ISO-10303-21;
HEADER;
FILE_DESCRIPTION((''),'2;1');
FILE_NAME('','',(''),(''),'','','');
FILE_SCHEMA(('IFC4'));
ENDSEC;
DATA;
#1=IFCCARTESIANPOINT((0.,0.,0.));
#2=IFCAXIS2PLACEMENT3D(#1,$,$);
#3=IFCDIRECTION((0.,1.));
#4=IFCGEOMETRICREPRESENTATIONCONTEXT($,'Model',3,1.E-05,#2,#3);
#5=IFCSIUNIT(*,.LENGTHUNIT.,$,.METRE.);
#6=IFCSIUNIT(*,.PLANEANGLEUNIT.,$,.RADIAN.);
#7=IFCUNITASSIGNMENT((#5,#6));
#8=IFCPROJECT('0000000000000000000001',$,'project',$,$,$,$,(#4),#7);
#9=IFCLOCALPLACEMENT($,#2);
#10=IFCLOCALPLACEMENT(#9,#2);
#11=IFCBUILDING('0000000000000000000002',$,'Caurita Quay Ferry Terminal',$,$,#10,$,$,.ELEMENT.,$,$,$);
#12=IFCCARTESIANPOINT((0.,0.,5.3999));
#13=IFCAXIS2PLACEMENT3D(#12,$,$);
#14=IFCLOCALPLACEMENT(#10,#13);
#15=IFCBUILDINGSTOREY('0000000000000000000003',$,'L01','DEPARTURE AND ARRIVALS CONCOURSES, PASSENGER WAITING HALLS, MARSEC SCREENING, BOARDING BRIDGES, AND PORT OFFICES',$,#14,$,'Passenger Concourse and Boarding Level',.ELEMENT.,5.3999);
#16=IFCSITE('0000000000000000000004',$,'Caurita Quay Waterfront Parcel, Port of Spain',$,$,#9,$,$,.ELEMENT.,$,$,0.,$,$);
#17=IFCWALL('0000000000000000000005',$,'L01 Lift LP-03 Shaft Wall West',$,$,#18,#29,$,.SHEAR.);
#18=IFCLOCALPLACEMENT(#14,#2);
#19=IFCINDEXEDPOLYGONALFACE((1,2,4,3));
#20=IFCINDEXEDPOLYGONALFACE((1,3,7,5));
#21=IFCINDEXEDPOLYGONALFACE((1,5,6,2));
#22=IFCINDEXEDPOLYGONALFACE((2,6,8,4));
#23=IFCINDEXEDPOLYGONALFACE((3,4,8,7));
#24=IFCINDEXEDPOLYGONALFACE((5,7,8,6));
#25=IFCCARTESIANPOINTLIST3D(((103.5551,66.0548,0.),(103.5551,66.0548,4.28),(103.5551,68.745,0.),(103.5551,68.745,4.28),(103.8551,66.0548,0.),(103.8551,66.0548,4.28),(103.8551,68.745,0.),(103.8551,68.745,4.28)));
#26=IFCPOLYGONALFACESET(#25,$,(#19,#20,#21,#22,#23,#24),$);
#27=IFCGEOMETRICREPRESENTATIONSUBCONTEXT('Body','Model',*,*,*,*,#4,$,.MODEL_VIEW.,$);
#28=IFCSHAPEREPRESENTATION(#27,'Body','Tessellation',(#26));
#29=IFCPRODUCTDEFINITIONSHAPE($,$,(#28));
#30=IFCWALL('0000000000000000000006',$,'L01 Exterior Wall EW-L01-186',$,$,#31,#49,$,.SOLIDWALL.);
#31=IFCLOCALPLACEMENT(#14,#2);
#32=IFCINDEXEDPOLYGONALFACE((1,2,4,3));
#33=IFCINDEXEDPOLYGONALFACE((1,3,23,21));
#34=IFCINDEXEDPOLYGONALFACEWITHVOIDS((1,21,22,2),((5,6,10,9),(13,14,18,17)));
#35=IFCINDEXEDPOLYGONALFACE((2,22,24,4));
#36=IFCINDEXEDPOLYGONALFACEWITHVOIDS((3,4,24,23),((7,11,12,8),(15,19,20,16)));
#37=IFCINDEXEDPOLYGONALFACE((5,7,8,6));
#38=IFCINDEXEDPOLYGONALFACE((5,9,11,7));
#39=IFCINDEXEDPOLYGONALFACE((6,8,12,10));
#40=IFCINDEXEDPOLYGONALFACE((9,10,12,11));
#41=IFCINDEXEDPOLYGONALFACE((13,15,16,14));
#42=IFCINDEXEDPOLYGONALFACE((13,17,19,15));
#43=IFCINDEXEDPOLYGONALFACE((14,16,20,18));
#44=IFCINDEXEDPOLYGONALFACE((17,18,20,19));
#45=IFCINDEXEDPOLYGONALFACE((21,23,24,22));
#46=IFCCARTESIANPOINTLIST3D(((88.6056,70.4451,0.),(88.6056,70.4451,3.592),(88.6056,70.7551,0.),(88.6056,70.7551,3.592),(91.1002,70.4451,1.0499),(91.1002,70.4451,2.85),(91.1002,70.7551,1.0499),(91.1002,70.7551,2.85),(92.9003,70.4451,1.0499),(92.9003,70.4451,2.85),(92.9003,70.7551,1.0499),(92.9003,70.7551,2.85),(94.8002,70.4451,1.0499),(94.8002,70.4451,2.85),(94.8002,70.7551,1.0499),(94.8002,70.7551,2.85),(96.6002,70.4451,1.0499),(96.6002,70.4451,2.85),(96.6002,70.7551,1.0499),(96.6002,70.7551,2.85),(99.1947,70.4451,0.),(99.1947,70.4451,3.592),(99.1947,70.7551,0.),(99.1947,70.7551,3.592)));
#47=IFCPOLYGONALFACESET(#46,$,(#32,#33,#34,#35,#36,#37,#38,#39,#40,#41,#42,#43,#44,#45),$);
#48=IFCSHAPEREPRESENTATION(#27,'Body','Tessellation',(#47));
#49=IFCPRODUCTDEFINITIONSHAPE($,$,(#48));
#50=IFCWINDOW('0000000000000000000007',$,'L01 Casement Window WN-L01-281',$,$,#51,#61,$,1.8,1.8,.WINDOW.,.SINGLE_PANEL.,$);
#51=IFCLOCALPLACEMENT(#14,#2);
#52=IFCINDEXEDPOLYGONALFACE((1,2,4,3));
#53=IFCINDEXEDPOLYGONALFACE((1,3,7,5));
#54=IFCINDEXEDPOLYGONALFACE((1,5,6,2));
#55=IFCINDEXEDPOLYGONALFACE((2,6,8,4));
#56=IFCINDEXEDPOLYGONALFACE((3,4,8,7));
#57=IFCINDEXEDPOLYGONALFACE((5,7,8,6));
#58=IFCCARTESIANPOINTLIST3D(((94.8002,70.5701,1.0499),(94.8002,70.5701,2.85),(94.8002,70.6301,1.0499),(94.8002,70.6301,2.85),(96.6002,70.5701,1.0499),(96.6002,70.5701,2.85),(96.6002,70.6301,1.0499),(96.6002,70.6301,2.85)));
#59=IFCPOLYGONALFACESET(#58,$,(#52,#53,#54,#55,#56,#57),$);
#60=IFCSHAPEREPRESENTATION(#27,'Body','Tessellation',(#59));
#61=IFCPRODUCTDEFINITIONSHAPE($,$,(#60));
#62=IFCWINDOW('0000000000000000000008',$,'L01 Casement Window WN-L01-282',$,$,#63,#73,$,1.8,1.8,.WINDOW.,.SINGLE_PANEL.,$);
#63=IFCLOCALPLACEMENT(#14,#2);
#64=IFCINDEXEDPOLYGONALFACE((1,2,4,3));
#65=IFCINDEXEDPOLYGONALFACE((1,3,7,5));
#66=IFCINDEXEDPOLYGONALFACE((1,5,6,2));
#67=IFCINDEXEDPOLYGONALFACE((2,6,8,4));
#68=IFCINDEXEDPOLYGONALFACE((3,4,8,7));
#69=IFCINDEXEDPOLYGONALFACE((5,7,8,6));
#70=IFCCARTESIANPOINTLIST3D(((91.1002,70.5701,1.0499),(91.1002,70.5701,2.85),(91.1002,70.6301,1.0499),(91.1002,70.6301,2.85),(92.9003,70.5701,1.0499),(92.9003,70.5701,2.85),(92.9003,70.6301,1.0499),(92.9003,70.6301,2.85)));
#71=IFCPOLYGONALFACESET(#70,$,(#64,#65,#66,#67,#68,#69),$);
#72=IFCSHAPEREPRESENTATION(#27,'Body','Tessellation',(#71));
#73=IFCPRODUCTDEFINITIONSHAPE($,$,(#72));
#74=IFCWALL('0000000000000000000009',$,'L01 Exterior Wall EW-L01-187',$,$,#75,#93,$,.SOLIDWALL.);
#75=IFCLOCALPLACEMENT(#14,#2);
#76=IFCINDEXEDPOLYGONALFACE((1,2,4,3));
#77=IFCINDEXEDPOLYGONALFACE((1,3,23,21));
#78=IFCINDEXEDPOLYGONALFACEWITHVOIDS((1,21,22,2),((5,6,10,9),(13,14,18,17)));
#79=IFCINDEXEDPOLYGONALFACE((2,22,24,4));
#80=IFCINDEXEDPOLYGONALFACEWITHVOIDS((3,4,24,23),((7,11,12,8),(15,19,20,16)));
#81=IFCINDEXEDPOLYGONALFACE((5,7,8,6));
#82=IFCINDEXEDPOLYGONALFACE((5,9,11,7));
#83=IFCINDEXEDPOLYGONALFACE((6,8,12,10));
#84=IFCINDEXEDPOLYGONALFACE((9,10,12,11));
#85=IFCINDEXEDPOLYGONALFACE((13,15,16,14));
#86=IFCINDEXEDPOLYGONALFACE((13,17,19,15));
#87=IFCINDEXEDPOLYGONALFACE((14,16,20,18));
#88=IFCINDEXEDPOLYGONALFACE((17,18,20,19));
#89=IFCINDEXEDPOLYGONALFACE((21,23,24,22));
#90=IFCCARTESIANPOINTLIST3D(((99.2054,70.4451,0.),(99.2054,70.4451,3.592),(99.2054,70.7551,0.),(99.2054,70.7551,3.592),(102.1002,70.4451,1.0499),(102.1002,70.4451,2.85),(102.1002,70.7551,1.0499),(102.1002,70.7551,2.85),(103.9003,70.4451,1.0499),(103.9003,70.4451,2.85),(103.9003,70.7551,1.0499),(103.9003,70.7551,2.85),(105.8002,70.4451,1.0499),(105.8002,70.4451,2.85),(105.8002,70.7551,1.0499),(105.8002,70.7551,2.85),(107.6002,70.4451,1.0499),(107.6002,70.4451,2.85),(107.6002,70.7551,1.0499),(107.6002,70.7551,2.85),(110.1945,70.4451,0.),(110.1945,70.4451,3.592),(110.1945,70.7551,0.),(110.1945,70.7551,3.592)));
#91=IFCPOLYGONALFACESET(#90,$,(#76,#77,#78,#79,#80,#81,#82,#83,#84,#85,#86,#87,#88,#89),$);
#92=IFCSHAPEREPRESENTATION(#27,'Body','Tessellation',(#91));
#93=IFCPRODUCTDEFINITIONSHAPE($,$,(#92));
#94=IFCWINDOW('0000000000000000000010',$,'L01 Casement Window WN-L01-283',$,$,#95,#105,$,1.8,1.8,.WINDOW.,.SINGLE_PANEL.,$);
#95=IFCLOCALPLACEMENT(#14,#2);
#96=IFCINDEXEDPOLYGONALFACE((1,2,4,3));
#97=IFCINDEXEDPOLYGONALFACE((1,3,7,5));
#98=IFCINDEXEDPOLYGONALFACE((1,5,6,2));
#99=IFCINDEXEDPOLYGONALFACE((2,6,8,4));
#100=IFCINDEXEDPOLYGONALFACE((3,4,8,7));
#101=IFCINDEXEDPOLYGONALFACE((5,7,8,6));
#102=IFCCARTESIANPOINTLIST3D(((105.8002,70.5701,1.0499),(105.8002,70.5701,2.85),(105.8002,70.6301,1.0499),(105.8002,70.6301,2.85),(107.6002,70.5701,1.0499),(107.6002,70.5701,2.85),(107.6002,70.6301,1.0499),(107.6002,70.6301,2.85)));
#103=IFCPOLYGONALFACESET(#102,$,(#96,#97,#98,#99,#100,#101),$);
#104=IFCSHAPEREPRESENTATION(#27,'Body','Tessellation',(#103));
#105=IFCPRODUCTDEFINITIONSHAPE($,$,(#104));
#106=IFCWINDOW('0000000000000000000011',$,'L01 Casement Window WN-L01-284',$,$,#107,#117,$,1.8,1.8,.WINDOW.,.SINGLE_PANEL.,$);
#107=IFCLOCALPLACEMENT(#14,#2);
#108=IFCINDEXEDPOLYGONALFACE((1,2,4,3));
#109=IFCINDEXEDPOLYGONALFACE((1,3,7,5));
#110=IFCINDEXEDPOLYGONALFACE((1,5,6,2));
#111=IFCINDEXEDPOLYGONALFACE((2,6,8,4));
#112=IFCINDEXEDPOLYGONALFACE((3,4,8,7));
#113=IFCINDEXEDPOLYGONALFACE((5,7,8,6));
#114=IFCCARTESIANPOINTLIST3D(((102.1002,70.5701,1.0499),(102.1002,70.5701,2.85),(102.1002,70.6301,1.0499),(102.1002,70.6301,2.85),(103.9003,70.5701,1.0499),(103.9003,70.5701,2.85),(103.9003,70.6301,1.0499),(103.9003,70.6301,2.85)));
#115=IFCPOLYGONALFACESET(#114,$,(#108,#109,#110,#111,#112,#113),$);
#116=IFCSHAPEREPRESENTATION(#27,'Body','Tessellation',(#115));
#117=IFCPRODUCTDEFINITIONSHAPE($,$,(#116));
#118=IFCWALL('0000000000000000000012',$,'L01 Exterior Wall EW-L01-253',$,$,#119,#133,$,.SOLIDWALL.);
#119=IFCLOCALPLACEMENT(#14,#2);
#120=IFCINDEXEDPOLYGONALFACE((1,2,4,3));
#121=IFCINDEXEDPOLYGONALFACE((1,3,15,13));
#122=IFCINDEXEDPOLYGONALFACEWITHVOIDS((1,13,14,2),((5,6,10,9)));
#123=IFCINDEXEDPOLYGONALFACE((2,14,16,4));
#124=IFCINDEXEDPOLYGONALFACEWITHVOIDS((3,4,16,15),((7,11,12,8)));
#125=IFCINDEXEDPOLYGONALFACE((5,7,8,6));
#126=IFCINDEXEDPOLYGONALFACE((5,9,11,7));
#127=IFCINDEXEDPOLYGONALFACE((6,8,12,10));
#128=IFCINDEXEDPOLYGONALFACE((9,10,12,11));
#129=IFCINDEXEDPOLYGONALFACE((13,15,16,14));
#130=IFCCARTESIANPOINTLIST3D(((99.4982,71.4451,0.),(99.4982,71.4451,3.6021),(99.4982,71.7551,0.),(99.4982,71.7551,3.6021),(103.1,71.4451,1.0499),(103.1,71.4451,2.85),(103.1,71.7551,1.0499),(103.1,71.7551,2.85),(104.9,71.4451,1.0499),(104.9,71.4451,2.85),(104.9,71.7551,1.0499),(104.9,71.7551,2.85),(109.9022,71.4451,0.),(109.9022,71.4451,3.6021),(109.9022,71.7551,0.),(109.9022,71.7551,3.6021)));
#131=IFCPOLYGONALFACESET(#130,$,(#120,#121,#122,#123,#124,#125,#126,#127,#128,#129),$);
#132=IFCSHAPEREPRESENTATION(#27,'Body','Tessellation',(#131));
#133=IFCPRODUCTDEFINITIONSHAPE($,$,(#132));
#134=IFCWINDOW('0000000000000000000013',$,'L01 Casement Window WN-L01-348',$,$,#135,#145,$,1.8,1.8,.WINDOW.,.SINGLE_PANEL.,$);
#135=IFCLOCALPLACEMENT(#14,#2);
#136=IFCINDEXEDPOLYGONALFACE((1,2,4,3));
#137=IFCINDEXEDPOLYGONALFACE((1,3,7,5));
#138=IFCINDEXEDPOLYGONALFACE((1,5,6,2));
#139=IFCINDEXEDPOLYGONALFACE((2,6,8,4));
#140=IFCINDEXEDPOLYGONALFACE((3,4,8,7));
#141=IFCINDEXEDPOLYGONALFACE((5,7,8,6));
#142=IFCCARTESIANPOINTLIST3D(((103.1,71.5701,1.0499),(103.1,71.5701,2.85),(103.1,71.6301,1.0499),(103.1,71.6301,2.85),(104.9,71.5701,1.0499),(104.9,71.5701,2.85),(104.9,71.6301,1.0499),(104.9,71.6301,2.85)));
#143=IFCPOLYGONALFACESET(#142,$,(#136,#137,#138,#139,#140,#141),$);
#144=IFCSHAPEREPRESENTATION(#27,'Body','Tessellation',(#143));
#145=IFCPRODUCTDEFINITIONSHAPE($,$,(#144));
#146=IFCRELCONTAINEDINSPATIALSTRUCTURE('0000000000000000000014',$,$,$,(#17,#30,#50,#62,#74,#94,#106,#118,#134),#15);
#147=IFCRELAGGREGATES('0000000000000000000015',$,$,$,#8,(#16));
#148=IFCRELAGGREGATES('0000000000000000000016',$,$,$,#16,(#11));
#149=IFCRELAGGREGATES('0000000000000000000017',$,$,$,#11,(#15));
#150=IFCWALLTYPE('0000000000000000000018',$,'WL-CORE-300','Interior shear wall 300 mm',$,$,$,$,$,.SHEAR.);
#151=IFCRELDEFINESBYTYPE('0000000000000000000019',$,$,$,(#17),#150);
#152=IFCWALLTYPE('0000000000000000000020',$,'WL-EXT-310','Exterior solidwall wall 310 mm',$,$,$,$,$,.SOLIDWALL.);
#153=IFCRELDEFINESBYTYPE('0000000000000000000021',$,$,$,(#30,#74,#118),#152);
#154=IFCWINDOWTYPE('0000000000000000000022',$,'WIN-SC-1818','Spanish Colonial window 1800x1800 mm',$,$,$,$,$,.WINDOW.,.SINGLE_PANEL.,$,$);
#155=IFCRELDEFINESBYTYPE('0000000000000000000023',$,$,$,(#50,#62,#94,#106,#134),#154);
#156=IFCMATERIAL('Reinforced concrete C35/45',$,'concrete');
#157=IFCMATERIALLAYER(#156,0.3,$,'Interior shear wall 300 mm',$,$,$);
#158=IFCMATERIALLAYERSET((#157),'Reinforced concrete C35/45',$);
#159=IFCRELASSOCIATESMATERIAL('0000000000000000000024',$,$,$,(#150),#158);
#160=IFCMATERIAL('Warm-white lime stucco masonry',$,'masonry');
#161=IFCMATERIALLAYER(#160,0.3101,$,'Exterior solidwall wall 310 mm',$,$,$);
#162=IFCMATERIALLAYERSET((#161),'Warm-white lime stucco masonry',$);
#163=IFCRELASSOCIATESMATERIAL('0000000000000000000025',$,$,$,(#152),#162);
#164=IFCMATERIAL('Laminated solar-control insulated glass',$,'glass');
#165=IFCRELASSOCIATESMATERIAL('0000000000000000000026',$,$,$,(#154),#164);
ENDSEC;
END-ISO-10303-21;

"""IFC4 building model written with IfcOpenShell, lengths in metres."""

from ifc_helpers import new_model, si_unit, direction, frame, frame_2d, origin, place, context, subcontext, project, spatial, rectangle, extrude, material, layer, layer_set, type_object, element, fill, save


model = new_model("IFC4")

# Units and contexts
model_context = context("Model", 3, precision=1e-05, world=origin(), true_north=direction((0.0, 1.0)))
body_context = subcontext(model_context, "Body", "Model", "MODEL_VIEW")
ifc_project = project(units=[si_unit("LENGTHUNIT", "METRE"), si_unit("PLANEANGLEUNIT", "RADIAN")], contexts=[model_context])

# Site, building, storey
site_placement = place(None, origin())
site = spatial("IfcSite", under=ifc_project, at=site_placement, Name="Caurita Quay Waterfront Parcel, Port of Spain", CompositionType="ELEMENT", RefElevation=0.0)
building_placement = place(site_placement, origin())
building = spatial("IfcBuilding", under=site, at=building_placement, Name="Caurita Quay Ferry Terminal", CompositionType="ELEMENT")
storey_placement = place(building_placement, frame((0.0, 0.0, 5.3999)))
storey = spatial("IfcBuildingStorey", under=building, at=storey_placement, Name="L01", Description="DEPARTURE AND ARRIVALS CONCOURSES, PASSENGER WAITING HALLS, MARSEC SCREENING, BOARDING BRIDGES, AND PORT OFFICES", LongName="Passenger Concourse and Boarding Level", CompositionType="ELEMENT", Elevation=5.3999)

# Shared definitions
ifc_material_1 = material(Name="Reinforced concrete C35/45", Category="concrete")

# Wall
ifc_layer_1 = layer(ifc_material_1, 0.3, Name="Interior shear wall 300 mm")
ifc_layer_set_1 = layer_set([ifc_layer_1], Name="Reinforced concrete C35/45")
wall_type_1 = type_object("IfcWallType", Name="WL-CORE-300", Description="Interior shear wall 300 mm", PredefinedType="SHEAR", material=ifc_layer_set_1)
wall_1_placement = place(storey_placement, frame((103.7051, 68.7451, 0.0), z_axis=(0.0, 0.0, 1.0), x_axis=(0.0, -1.0, 0.0)))
element("IfcWall", 1, at=wall_1_placement, inside=storey, type_object=wall_type_1, Name="L01 Lift LP-03 Shaft Wall West", PredefinedType="SHEAR", context=body_context, shape_type="SweptSolid", body=[
    extrude(rectangle(XDim=2.6902, YDim=0.3, at=frame_2d((1.3452, 0.0))), origin(), (0.0, 0.0, 1.0), 4.28),
])

# Walls, openings, windows
ifc_material_2 = material(Name="Warm-white lime stucco masonry", Category="masonry")
ifc_layer_2 = layer(ifc_material_2, 0.3101, Name="Exterior solidwall wall 310 mm")
ifc_layer_set_2 = layer_set([ifc_layer_2], Name="Warm-white lime stucco masonry")
wall_type_2 = type_object("IfcWallType", Name="WL-EXT-310", Description="Exterior solidwall wall 310 mm", PredefinedType="SOLIDWALL", material=ifc_layer_set_2)
wall_2_placement = place(storey_placement, frame((99.1946, 70.6001, 0.0), z_axis=(0.0, 0.0, 1.0), x_axis=(-1.0, 0.0, 0.0)))
wall_2 = element("IfcWall", 2, at=wall_2_placement, inside=storey, type_object=wall_type_2, Name="L01 Exterior Wall EW-L01-186", PredefinedType="SOLIDWALL", context=body_context, shape_type="SweptSolid", body=[
    extrude(rectangle(XDim=10.5891, YDim=0.3101, at=frame_2d((5.2944, 0.0))), origin(), (0.0, 0.0, 1.0), 3.592),
])
opening_1_placement = place(wall_2_placement, frame((2.5945, 0.0, 1.05)))
opening_1 = element("IfcOpeningElement", 3, at=opening_1_placement, cuts=wall_2, PredefinedType="OPENING", context=body_context, shape_type="SweptSolid", body=[
    extrude(rectangle(XDim=1.8, YDim=1.8, at=frame_2d((0.8999, 0.8999))), frame((0.0, 0.165, 0.0), z_axis=(0.0, -1.0, 0.0), x_axis=(1.0, 0.0, 0.0)), (0.0, 0.0, 1.0), 0.3301),
])
opening_2_placement = place(wall_2_placement, frame((6.2944, 0.0, 1.05)))
opening_2 = element("IfcOpeningElement", 4, at=opening_2_placement, cuts=wall_2, PredefinedType="OPENING", context=body_context, shape_type="SweptSolid", body=[
    extrude(rectangle(XDim=1.8, YDim=1.8, at=frame_2d((0.8999, 0.8999))), frame((0.0, 0.165, 0.0), z_axis=(0.0, -1.0, 0.0), x_axis=(1.0, 0.0, 0.0)), (0.0, 0.0, 1.0), 0.3301),
])
ifc_material_3 = material(Name="Laminated solar-control insulated glass", Category="glass")
window_type = type_object("IfcWindowType", Name="WIN-SC-1818", Description="Spanish Colonial window 1800x1800 mm", PartitioningType="SINGLE_PANEL", PredefinedType="WINDOW", material=ifc_material_3)
window_1_placement = place(opening_1_placement, origin())
window_1 = element("IfcWindow", 5, at=window_1_placement, inside=storey, type_object=window_type, Name="L01 Casement Window WN-L01-281", OverallHeight=1.8, OverallWidth=1.8, PartitioningType="SINGLE_PANEL", PredefinedType="WINDOW", context=body_context, shape_type="SweptSolid", body=[
    extrude(rectangle(XDim=1.8, YDim=1.8, at=frame_2d((0.8999, 0.8999))), frame((0.0, 0.03, 0.0), z_axis=(0.0, -1.0, 0.0), x_axis=(1.0, 0.0, 0.0)), (0.0, 0.0, 1.0), 0.0601),
])
fill(opening_1, window_1)
window_2_placement = place(opening_2_placement, origin())
window_2 = element("IfcWindow", 6, at=window_2_placement, inside=storey, type_object=window_type, Name="L01 Casement Window WN-L01-282", OverallHeight=1.8, OverallWidth=1.8, PartitioningType="SINGLE_PANEL", PredefinedType="WINDOW", context=body_context, shape_type="SweptSolid", body=[
    extrude(rectangle(XDim=1.8, YDim=1.8, at=frame_2d((0.8999, 0.8999))), frame((0.0, 0.03, 0.0), z_axis=(0.0, -1.0, 0.0), x_axis=(1.0, 0.0, 0.0)), (0.0, 0.0, 1.0), 0.0601),
])
fill(opening_2, window_2)
wall_3_placement = place(storey_placement, frame((110.1946, 70.6001, 0.0), z_axis=(0.0, 0.0, 1.0), x_axis=(-1.0, 0.0, 0.0)))
wall_3 = element("IfcWall", 7, at=wall_3_placement, inside=storey, type_object=wall_type_2, Name="L01 Exterior Wall EW-L01-187", PredefinedType="SOLIDWALL", context=body_context, shape_type="SweptSolid", body=[
    extrude(rectangle(XDim=10.989, YDim=0.3101, at=frame_2d((5.4946, 0.0))), origin(), (0.0, 0.0, 1.0), 3.592),
])
opening_3_placement = place(wall_3_placement, frame((2.5945, 0.0, 1.05)))
opening_3 = element("IfcOpeningElement", 8, at=opening_3_placement, cuts=wall_3, PredefinedType="OPENING", context=body_context, shape_type="SweptSolid", body=[
    extrude(rectangle(XDim=1.8, YDim=1.8, at=frame_2d((0.8999, 0.8999))), frame((0.0, 0.165, 0.0), z_axis=(0.0, -1.0, 0.0), x_axis=(1.0, 0.0, 0.0)), (0.0, 0.0, 1.0), 0.3301),
])
opening_4_placement = place(wall_3_placement, frame((6.2944, 0.0, 1.05)))
opening_4 = element("IfcOpeningElement", 9, at=opening_4_placement, cuts=wall_3, PredefinedType="OPENING", context=body_context, shape_type="SweptSolid", body=[
    extrude(rectangle(XDim=1.8, YDim=1.8, at=frame_2d((0.8999, 0.8999))), frame((0.0, 0.165, 0.0), z_axis=(0.0, -1.0, 0.0), x_axis=(1.0, 0.0, 0.0)), (0.0, 0.0, 1.0), 0.3301),
])
window_3_placement = place(opening_3_placement, origin())
window_3 = element("IfcWindow", 10, at=window_3_placement, inside=storey, type_object=window_type, Name="L01 Casement Window WN-L01-283", OverallHeight=1.8, OverallWidth=1.8, PartitioningType="SINGLE_PANEL", PredefinedType="WINDOW", context=body_context, shape_type="SweptSolid", body=[
    extrude(rectangle(XDim=1.8, YDim=1.8, at=frame_2d((0.8999, 0.8999))), frame((0.0, 0.03, 0.0), z_axis=(0.0, -1.0, 0.0), x_axis=(1.0, 0.0, 0.0)), (0.0, 0.0, 1.0), 0.0601),
])
fill(opening_3, window_3)
window_4_placement = place(opening_4_placement, origin())
window_4 = element("IfcWindow", 11, at=window_4_placement, inside=storey, type_object=window_type, Name="L01 Casement Window WN-L01-284", OverallHeight=1.8, OverallWidth=1.8, PartitioningType="SINGLE_PANEL", PredefinedType="WINDOW", context=body_context, shape_type="SweptSolid", body=[
    extrude(rectangle(XDim=1.8, YDim=1.8, at=frame_2d((0.8999, 0.8999))), frame((0.0, 0.03, 0.0), z_axis=(0.0, -1.0, 0.0), x_axis=(1.0, 0.0, 0.0)), (0.0, 0.0, 1.0), 0.0601),
])
fill(opening_4, window_4)

# Wall, opening, window
wall_4_placement = place(storey_placement, frame((99.498, 71.6001, 0.0), z_axis=(0.0, 0.0, 1.0), x_axis=(1.0, 0.0, 0.0)))
wall_4 = element("IfcWall", 12, at=wall_4_placement, inside=storey, type_object=wall_type_2, Name="L01 Exterior Wall EW-L01-253", PredefinedType="SOLIDWALL", context=body_context, shape_type="SweptSolid", body=[
    extrude(rectangle(XDim=10.4041, YDim=0.3101, at=frame_2d((5.2021, 0.0))), origin(), (0.0, 0.0, 1.0), 3.6021),
])
opening_5_placement = place(wall_4_placement, frame((3.6021, 0.0, 1.05)))
opening_5 = element("IfcOpeningElement", 13, at=opening_5_placement, cuts=wall_4, PredefinedType="OPENING", context=body_context, shape_type="SweptSolid", body=[
    extrude(rectangle(XDim=1.8, YDim=1.8, at=frame_2d((0.8999, 0.8999))), frame((0.0, 0.165, 0.0), z_axis=(0.0, -1.0, 0.0), x_axis=(1.0, 0.0, 0.0)), (0.0, 0.0, 1.0), 0.3301),
])
window_5_placement = place(opening_5_placement, origin())
window_5 = element("IfcWindow", 14, at=window_5_placement, inside=storey, type_object=window_type, Name="L01 Casement Window WN-L01-348", OverallHeight=1.8, OverallWidth=1.8, PartitioningType="SINGLE_PANEL", PredefinedType="WINDOW", context=body_context, shape_type="SweptSolid", body=[
    extrude(rectangle(XDim=1.8, YDim=1.8, at=frame_2d((0.8999, 0.8999))), frame((0.0, 0.03, 0.0), z_axis=(0.0, -1.0, 0.0), x_axis=(1.0, 0.0, 0.0)), (0.0, 0.0, 1.0), 0.0601),
])
fill(opening_5, window_5)

save(model, "model.ifc")
